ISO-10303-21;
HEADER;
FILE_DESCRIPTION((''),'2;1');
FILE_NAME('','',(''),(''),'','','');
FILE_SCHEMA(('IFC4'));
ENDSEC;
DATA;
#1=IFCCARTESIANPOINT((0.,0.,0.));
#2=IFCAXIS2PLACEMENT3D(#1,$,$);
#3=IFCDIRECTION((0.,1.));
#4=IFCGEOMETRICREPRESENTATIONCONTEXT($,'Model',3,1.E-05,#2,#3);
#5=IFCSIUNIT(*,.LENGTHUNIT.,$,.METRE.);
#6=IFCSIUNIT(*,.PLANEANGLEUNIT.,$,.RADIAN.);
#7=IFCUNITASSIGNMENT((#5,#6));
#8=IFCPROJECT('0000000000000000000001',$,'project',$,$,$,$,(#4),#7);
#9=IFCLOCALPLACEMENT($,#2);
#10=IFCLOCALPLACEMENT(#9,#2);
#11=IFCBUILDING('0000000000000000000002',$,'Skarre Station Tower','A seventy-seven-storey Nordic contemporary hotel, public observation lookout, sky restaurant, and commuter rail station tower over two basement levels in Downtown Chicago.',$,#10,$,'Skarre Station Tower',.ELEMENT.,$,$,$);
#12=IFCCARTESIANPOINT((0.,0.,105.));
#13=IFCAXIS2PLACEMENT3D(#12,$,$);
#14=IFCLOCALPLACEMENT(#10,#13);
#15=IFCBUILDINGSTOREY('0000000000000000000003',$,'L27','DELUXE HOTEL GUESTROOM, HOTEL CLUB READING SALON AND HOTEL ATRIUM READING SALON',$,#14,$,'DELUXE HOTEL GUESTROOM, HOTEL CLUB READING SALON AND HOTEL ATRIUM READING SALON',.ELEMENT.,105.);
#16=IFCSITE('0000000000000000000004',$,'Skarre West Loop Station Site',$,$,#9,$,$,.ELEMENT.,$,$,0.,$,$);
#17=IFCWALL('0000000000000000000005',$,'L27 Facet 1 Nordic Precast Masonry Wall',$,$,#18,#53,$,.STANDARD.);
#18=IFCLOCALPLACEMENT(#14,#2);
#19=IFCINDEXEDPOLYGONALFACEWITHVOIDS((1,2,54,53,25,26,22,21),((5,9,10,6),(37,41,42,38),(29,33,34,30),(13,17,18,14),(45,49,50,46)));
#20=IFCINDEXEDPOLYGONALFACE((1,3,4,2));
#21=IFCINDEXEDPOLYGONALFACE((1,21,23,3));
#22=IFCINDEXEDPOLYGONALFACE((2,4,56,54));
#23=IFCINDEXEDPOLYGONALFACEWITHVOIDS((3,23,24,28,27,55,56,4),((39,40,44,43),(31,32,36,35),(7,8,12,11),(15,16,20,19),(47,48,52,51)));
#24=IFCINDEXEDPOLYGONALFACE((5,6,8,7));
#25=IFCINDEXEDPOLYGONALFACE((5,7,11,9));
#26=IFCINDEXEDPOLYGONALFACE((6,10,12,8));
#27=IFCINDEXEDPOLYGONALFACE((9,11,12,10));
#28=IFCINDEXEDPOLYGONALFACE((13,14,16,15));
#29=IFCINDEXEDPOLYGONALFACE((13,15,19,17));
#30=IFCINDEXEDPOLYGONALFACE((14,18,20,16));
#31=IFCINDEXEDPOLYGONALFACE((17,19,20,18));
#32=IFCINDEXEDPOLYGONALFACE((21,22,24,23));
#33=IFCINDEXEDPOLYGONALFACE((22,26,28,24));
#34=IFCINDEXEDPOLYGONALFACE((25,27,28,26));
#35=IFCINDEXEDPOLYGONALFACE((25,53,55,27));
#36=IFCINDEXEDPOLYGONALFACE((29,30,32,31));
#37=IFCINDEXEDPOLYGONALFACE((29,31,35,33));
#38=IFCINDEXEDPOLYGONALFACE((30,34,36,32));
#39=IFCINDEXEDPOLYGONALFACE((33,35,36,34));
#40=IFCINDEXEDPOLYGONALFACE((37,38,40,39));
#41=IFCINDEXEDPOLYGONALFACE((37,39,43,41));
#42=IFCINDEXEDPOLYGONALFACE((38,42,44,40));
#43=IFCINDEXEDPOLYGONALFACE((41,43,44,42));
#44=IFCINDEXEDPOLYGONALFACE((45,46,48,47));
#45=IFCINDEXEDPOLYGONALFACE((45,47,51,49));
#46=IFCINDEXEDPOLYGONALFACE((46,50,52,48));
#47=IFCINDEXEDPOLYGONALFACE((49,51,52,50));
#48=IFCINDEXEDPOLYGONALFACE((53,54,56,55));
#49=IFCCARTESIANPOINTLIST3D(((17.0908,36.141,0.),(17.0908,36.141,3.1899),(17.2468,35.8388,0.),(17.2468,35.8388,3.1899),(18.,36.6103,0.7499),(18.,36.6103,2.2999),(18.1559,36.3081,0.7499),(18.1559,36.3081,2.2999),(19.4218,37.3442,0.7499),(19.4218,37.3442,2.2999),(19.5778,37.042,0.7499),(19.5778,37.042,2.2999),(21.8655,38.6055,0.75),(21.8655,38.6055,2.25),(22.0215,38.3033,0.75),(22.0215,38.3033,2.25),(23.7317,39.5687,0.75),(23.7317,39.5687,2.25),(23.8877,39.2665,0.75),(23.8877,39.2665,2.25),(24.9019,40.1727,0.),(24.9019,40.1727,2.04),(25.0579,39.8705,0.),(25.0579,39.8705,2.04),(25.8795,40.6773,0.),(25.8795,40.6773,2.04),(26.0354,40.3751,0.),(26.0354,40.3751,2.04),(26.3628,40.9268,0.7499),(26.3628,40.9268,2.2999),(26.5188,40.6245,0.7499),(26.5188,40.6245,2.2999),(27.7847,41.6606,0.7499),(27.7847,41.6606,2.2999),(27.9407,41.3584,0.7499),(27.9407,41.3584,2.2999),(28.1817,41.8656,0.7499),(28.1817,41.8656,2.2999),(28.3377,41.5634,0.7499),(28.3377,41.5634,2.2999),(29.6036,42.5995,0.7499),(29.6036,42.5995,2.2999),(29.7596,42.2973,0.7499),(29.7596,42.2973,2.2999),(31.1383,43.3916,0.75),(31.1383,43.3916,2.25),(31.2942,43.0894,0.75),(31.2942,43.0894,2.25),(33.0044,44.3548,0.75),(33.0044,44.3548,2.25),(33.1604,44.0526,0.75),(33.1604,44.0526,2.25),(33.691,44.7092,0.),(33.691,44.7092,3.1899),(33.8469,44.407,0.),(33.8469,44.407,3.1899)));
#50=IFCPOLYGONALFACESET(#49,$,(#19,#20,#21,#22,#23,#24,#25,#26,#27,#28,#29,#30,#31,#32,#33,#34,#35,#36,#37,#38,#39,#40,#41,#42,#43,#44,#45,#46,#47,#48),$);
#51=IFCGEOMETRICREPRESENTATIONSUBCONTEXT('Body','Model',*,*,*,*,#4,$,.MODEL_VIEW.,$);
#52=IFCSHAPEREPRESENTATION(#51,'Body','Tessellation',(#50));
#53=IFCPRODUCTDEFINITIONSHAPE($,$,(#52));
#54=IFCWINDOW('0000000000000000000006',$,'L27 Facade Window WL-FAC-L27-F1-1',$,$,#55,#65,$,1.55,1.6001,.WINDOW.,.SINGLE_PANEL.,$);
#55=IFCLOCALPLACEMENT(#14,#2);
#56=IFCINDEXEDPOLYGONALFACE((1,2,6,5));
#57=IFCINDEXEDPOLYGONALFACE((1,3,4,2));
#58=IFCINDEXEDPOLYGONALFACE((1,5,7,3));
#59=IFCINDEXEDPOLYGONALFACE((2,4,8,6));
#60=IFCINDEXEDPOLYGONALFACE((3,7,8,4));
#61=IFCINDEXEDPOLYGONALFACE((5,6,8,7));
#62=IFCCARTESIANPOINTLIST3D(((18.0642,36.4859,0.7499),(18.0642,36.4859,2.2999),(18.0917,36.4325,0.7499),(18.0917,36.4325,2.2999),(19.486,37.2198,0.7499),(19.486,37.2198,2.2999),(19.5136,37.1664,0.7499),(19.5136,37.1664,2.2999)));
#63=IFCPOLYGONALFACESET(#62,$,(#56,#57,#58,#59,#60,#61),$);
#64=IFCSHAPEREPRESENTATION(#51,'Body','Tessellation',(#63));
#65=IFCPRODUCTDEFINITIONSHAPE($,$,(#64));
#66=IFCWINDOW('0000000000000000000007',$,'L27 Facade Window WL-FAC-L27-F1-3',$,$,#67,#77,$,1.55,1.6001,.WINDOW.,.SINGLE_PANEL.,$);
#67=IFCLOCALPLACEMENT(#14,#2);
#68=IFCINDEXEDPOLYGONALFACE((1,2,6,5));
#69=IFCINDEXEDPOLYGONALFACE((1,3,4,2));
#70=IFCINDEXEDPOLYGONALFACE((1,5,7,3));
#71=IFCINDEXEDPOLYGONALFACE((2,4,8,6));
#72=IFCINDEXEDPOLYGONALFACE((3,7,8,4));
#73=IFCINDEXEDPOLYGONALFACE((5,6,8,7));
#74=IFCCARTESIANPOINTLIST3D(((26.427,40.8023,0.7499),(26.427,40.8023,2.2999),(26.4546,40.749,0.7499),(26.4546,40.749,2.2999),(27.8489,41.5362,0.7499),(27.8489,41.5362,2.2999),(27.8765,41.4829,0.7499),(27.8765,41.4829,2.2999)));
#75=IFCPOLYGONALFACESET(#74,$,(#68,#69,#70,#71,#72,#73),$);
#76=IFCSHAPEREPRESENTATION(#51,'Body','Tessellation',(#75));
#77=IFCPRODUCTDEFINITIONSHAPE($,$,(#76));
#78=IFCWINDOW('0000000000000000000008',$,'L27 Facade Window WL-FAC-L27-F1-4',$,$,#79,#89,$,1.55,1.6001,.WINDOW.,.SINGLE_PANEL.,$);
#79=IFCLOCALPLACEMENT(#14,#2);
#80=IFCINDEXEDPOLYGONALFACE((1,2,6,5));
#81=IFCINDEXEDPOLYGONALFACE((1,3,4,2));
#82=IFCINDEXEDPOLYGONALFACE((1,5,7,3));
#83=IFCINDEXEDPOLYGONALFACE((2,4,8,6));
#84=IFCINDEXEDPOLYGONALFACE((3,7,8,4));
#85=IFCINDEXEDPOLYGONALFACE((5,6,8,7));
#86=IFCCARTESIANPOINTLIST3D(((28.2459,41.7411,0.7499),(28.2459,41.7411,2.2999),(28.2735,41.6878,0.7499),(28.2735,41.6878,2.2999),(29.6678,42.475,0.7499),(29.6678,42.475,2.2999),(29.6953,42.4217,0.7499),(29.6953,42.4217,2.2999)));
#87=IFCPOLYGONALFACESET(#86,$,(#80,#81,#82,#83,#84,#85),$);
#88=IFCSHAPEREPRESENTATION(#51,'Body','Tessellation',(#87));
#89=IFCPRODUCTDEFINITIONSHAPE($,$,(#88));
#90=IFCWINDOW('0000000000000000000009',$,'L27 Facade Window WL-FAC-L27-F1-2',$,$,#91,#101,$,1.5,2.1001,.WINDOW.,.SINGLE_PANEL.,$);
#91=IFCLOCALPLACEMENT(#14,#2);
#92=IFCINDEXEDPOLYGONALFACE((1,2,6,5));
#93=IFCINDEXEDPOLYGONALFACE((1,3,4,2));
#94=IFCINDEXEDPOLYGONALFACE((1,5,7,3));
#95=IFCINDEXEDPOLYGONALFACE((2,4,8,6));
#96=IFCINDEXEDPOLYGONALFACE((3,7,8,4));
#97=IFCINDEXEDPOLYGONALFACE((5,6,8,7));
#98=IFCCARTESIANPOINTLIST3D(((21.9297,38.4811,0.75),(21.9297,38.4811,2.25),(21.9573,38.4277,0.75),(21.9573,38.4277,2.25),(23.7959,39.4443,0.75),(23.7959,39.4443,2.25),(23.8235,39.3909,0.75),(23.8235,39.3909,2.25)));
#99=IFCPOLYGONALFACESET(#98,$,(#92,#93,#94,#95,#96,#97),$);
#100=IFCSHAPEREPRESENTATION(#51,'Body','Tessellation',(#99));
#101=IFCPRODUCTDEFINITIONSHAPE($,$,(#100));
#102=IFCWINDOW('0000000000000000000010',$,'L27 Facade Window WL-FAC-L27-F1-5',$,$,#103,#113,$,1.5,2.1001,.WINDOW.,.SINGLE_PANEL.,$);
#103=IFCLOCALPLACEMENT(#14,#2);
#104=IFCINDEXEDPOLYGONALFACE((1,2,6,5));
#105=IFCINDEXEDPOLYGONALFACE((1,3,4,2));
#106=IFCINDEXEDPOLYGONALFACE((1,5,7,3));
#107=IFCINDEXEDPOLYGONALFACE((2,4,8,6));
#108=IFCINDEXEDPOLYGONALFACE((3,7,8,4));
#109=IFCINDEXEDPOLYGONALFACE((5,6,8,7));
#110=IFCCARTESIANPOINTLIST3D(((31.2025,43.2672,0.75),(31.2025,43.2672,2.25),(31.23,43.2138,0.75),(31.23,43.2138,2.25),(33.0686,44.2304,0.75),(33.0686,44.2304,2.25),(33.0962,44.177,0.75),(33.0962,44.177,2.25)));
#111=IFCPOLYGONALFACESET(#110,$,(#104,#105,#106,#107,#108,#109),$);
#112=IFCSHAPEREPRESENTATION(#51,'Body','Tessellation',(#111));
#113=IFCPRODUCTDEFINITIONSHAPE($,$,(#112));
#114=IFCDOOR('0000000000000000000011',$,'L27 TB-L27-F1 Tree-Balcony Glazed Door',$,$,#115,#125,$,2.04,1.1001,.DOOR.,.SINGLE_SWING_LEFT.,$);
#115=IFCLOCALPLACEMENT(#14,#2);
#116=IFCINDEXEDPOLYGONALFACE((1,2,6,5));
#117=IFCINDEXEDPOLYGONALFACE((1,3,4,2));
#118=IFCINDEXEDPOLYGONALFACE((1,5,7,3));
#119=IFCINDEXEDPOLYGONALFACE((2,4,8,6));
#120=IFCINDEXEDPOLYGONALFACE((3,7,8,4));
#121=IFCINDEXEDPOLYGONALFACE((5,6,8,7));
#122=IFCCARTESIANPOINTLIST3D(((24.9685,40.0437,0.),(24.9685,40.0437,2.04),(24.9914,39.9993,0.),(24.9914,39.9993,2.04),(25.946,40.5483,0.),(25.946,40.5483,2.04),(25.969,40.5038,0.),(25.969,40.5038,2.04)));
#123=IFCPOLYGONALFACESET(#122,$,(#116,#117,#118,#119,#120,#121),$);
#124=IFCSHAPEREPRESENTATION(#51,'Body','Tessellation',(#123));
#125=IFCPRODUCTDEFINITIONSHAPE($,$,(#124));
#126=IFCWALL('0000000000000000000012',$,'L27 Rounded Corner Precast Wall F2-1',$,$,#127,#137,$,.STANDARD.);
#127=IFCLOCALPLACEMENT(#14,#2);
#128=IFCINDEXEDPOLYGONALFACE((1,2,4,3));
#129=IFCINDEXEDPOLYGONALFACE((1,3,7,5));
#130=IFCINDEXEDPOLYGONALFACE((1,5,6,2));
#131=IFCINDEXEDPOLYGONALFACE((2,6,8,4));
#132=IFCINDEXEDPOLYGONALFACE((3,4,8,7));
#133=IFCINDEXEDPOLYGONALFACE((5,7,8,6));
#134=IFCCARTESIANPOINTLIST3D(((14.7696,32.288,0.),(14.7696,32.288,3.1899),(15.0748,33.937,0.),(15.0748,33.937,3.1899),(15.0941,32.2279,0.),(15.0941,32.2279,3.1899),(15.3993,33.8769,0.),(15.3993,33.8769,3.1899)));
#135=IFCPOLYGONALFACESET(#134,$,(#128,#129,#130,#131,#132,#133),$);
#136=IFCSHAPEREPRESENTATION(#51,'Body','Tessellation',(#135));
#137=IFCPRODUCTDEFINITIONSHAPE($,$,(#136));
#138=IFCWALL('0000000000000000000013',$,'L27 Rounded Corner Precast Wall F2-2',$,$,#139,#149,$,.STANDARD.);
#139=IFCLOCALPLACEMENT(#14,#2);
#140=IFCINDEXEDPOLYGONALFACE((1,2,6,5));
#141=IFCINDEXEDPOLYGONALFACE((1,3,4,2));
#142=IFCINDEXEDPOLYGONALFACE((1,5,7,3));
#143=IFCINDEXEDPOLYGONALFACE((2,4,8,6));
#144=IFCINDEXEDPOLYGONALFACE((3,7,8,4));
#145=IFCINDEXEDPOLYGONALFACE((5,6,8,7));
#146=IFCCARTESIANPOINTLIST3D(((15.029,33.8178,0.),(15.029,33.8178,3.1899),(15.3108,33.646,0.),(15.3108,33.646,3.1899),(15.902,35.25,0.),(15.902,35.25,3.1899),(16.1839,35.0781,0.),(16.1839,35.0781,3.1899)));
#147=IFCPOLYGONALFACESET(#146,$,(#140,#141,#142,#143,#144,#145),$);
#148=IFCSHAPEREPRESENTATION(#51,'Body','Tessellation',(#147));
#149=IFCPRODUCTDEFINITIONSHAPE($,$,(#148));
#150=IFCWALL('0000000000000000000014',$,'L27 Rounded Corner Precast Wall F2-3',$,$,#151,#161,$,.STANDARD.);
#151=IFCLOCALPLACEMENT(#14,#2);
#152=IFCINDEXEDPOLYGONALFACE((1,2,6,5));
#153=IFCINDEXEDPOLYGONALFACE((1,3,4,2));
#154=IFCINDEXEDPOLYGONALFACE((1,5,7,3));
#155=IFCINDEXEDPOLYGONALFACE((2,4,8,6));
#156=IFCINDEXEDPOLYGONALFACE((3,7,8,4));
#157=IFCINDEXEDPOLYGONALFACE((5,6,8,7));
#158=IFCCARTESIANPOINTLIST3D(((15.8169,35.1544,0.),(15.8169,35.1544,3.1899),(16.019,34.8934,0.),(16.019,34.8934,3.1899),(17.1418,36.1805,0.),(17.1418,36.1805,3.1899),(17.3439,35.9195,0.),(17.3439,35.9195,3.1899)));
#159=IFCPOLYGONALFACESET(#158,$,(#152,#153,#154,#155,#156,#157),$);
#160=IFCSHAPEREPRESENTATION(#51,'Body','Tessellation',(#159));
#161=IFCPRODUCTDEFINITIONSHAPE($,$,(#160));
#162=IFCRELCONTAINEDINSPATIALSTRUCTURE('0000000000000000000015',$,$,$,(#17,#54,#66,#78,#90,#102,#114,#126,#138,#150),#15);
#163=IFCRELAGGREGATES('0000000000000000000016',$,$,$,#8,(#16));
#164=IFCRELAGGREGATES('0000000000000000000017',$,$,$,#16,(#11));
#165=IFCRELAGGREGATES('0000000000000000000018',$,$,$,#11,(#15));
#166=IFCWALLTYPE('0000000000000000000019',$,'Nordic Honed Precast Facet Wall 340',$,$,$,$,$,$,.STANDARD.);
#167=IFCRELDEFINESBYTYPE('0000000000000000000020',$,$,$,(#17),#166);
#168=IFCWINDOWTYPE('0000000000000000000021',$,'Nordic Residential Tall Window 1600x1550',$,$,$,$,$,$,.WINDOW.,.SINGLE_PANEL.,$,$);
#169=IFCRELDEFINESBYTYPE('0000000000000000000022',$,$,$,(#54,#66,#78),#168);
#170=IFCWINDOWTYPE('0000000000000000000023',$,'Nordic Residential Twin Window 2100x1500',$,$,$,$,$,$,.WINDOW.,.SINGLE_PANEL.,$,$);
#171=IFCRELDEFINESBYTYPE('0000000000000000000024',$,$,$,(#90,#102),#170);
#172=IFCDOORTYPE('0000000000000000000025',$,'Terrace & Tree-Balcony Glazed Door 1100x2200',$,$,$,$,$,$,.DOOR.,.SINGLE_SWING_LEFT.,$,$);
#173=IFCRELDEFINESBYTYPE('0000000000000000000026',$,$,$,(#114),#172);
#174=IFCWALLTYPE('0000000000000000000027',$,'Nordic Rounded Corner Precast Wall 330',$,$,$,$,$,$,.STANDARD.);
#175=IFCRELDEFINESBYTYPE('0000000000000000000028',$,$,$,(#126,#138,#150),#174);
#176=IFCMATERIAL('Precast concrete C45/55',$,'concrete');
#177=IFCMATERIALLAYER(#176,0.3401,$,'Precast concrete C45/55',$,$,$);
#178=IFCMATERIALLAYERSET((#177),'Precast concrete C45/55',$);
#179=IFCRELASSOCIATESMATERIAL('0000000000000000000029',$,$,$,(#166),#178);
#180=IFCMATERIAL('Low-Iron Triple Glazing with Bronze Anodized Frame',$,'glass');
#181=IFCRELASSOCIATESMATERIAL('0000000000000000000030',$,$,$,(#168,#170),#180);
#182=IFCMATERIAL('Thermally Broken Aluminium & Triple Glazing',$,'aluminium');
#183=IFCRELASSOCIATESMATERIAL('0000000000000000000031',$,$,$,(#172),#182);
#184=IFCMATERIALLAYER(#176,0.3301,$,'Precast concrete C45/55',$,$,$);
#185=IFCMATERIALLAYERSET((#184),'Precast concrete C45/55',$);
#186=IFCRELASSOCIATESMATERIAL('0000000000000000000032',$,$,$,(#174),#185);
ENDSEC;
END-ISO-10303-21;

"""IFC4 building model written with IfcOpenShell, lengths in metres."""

from ifc_helpers import new_model, si_unit, direction, frame, frame_2d, origin, place, context, subcontext, project, spatial, rectangle, extrude, material, layer, layer_set, type_object, element, fill, save


model = new_model("IFC4")

# Units and contexts
model_context = context("Model", 3, precision=1e-05, world=origin(), true_north=direction((0.0, 1.0)))
body_context = subcontext(model_context, "Body", "Model", "MODEL_VIEW")
ifc_project = project(units=[si_unit("LENGTHUNIT", "METRE"), si_unit("PLANEANGLEUNIT", "RADIAN")], contexts=[model_context])

# Site, building, storey
site_placement = place(None, origin())
site = spatial("IfcSite", under=ifc_project, at=site_placement, Name="Skarre West Loop Station Site", CompositionType="ELEMENT", RefElevation=0.0)
building_placement = place(site_placement, origin())
building = spatial("IfcBuilding", under=site, at=building_placement, Name="Skarre Station Tower", Description="A seventy-seven-storey Nordic contemporary hotel, public observation lookout, sky restaurant, and commuter rail station tower over two basement levels in Downtown Chicago.", LongName="Skarre Station Tower", CompositionType="ELEMENT")
storey_placement = place(building_placement, frame((0.0, 0.0, 105.0)))
storey = spatial("IfcBuildingStorey", under=building, at=storey_placement, Name="L27", Description="DELUXE HOTEL GUESTROOM, HOTEL CLUB READING SALON AND HOTEL ATRIUM READING SALON", LongName="DELUXE HOTEL GUESTROOM, HOTEL CLUB READING SALON AND HOTEL ATRIUM READING SALON", CompositionType="ELEMENT", Elevation=105.0)

# Wall, openings, windows, door
ifc_material_1 = material(Name="Precast concrete C45/55", Category="concrete")
ifc_layer_1 = layer(ifc_material_1, 0.3401, Name="Precast concrete C45/55")
ifc_layer_set_1 = layer_set([ifc_layer_1], Name="Precast concrete C45/55")
wall_type_1 = type_object("IfcWallType", Name="Nordic Honed Precast Facet Wall 340", PredefinedType="STANDARD", material=ifc_layer_set_1)
wall_1_placement = place(storey_placement, frame((17.1689, 35.99, 0.0), z_axis=(0.0, 0.0, 1.0), x_axis=(0.888614, 0.458657, 0.0)))
wall_1 = element("IfcWall", 1, at=wall_1_placement, inside=storey, type_object=wall_type_1, Name="L27 Facet 1 Nordic Precast Masonry Wall", PredefinedType="STANDARD", context=body_context, shape_type="SweptSolid", body=[
    extrude(rectangle(XDim=18.6809, YDim=0.3401, at=frame_2d((9.3403, 0.0))), origin(), (0.0, 0.0, 1.0), 3.1899),
])
opening_1_placement = place(wall_1_placement, frame((8.79, 0.0, 0.0)))
opening_1 = element("IfcOpeningElement", 2, at=opening_1_placement, cuts=wall_1, PredefinedType="OPENING", context=body_context, shape_type="SweptSolid", body=[
    extrude(rectangle(XDim=1.1001, YDim=2.04, at=frame_2d((0.55, 1.02))), frame((0.0, 0.1799, 0.0), z_axis=(0.0, -1.0, 0.0), x_axis=(1.0, 0.0, 0.0)), (0.0, 0.0, 1.0), 0.3601),
])
opening_2_placement = place(wall_1_placement, frame((1.0229, 0.0, 0.75)))
opening_2 = element("IfcOpeningElement", 3, at=opening_2_placement, cuts=wall_1, PredefinedType="OPENING", context=body_context, shape_type="SweptSolid", body=[
    extrude(rectangle(XDim=1.6001, YDim=1.55, at=frame_2d((0.8, 0.7749))), frame((0.0, 0.1799, 0.0), z_axis=(0.0, -1.0, 0.0), x_axis=(1.0, 0.0, 0.0)), (0.0, 0.0, 1.0), 0.3601),
])
opening_3_placement = place(wall_1_placement, frame((5.373, 0.0, 0.75)))
opening_3 = element("IfcOpeningElement", 4, at=opening_3_placement, cuts=wall_1, PredefinedType="OPENING", context=body_context, shape_type="SweptSolid", body=[
    extrude(rectangle(XDim=2.1001, YDim=1.5, at=frame_2d((1.05, 0.75))), frame((0.0, 0.1799, 0.0), z_axis=(0.0, -1.0, 0.0), x_axis=(1.0, 0.0, 0.0)), (0.0, 0.0, 1.0), 0.3601),
])
opening_4_placement = place(wall_1_placement, frame((10.4341, 0.0, 0.75)))
opening_4 = element("IfcOpeningElement", 5, at=opening_4_placement, cuts=wall_1, PredefinedType="OPENING", context=body_context, shape_type="SweptSolid", body=[
    extrude(rectangle(XDim=1.6001, YDim=1.55, at=frame_2d((0.8, 0.7749))), frame((0.0, 0.1799, 0.0), z_axis=(0.0, -1.0, 0.0), x_axis=(1.0, 0.0, 0.0)), (0.0, 0.0, 1.0), 0.3601),
])
opening_5_placement = place(wall_1_placement, frame((12.481, 0.0, 0.75)))
opening_5 = element("IfcOpeningElement", 6, at=opening_5_placement, cuts=wall_1, PredefinedType="OPENING", context=body_context, shape_type="SweptSolid", body=[
    extrude(rectangle(XDim=1.6001, YDim=1.55, at=frame_2d((0.8, 0.7749))), frame((0.0, 0.1799, 0.0), z_axis=(0.0, -1.0, 0.0), x_axis=(1.0, 0.0, 0.0)), (0.0, 0.0, 1.0), 0.3601),
])
opening_6_placement = place(wall_1_placement, frame((15.8081, 0.0, 0.75)))
opening_6 = element("IfcOpeningElement", 7, at=opening_6_placement, cuts=wall_1, PredefinedType="OPENING", context=body_context, shape_type="SweptSolid", body=[
    extrude(rectangle(XDim=2.1001, YDim=1.5, at=frame_2d((1.05, 0.75))), frame((0.0, 0.1799, 0.0), z_axis=(0.0, -1.0, 0.0), x_axis=(1.0, 0.0, 0.0)), (0.0, 0.0, 1.0), 0.3601),
])
ifc_material_2 = material(Name="Low-Iron Triple Glazing with Bronze Anodized Frame", Category="glass")
window_type_1 = type_object("IfcWindowType", Name="Nordic Residential Tall Window 1600x1550", PartitioningType="SINGLE_PANEL", PredefinedType="WINDOW", material=ifc_material_2)
window_1_placement = place(opening_2_placement, origin())
window_1 = element("IfcWindow", 8, at=window_1_placement, inside=storey, type_object=window_type_1, Name="L27 Facade Window WL-FAC-L27-F1-1", OverallHeight=1.55, OverallWidth=1.6001, PartitioningType="SINGLE_PANEL", PredefinedType="WINDOW", context=body_context, shape_type="SweptSolid", body=[
    extrude(rectangle(XDim=1.6001, YDim=1.55, at=frame_2d((0.8, 0.7749))), frame((0.0, 0.03, 0.0), z_axis=(0.0, -1.0, 0.0), x_axis=(1.0, 0.0, 0.0)), (0.0, 0.0, 1.0), 0.0601),
])
fill(opening_2, window_1)
window_2_placement = place(opening_4_placement, origin())
window_2 = element("IfcWindow", 9, at=window_2_placement, inside=storey, type_object=window_type_1, Name="L27 Facade Window WL-FAC-L27-F1-3", OverallHeight=1.55, OverallWidth=1.6001, PartitioningType="SINGLE_PANEL", PredefinedType="WINDOW", context=body_context, shape_type="SweptSolid", body=[
    extrude(rectangle(XDim=1.6001, YDim=1.55, at=frame_2d((0.8, 0.7749))), frame((0.0, 0.03, 0.0), z_axis=(0.0, -1.0, 0.0), x_axis=(1.0, 0.0, 0.0)), (0.0, 0.0, 1.0), 0.0601),
])
fill(opening_4, window_2)
window_3_placement = place(opening_5_placement, origin())
window_3 = element("IfcWindow", 10, at=window_3_placement, inside=storey, type_object=window_type_1, Name="L27 Facade Window WL-FAC-L27-F1-4", OverallHeight=1.55, OverallWidth=1.6001, PartitioningType="SINGLE_PANEL", PredefinedType="WINDOW", context=body_context, shape_type="SweptSolid", body=[
    extrude(rectangle(XDim=1.6001, YDim=1.55, at=frame_2d((0.8, 0.7749))), frame((0.0, 0.03, 0.0), z_axis=(0.0, -1.0, 0.0), x_axis=(1.0, 0.0, 0.0)), (0.0, 0.0, 1.0), 0.0601),
])
fill(opening_5, window_3)
window_type_2 = type_object("IfcWindowType", Name="Nordic Residential Twin Window 2100x1500", PartitioningType="SINGLE_PANEL", PredefinedType="WINDOW", material=ifc_material_2)
window_4_placement = place(opening_3_placement, origin())
window_4 = element("IfcWindow", 11, at=window_4_placement, inside=storey, type_object=window_type_2, Name="L27 Facade Window WL-FAC-L27-F1-2", OverallHeight=1.5, OverallWidth=2.1001, PartitioningType="SINGLE_PANEL", PredefinedType="WINDOW", context=body_context, shape_type="SweptSolid", body=[
    extrude(rectangle(XDim=2.1001, YDim=1.5, at=frame_2d((1.05, 0.75))), frame((0.0, 0.03, 0.0), z_axis=(0.0, -1.0, 0.0), x_axis=(1.0, 0.0, 0.0)), (0.0, 0.0, 1.0), 0.0601),
])
fill(opening_3, window_4)
window_5_placement = place(opening_6_placement, origin())
window_5 = element("IfcWindow", 12, at=window_5_placement, inside=storey, type_object=window_type_2, Name="L27 Facade Window WL-FAC-L27-F1-5", OverallHeight=1.5, OverallWidth=2.1001, PartitioningType="SINGLE_PANEL", PredefinedType="WINDOW", context=body_context, shape_type="SweptSolid", body=[
    extrude(rectangle(XDim=2.1001, YDim=1.5, at=frame_2d((1.05, 0.75))), frame((0.0, 0.03, 0.0), z_axis=(0.0, -1.0, 0.0), x_axis=(1.0, 0.0, 0.0)), (0.0, 0.0, 1.0), 0.0601),
])
fill(opening_6, window_5)
ifc_material_3 = material(Name="Thermally Broken Aluminium & Triple Glazing", Category="aluminium")
door_type = type_object("IfcDoorType", Name="Terrace & Tree-Balcony Glazed Door 1100x2200", OperationType="SINGLE_SWING_LEFT", PredefinedType="DOOR", material=ifc_material_3)
door_placement = place(opening_1_placement, origin())
door = element("IfcDoor", 13, at=door_placement, inside=storey, type_object=door_type, Name="L27 TB-L27-F1 Tree-Balcony Glazed Door", OperationType="SINGLE_SWING_LEFT", OverallHeight=2.04, OverallWidth=1.1001, PredefinedType="DOOR", context=body_context, shape_type="SweptSolid", body=[
    extrude(rectangle(XDim=1.1001, YDim=2.04, at=frame_2d((0.55, 1.02))), frame((0.0, 0.0249, 0.0), z_axis=(0.0, -1.0, 0.0), x_axis=(1.0, 0.0, 0.0)), (0.0, 0.0, 1.0), 0.05),
])
fill(opening_1, door)

# Walls
ifc_layer_2 = layer(ifc_material_1, 0.3301, Name="Precast concrete C45/55")
ifc_layer_set_2 = layer_set([ifc_layer_2], Name="Precast concrete C45/55")
wall_type_2 = type_object("IfcWallType", Name="Nordic Rounded Corner Precast Wall 330", PredefinedType="STANDARD", material=ifc_layer_set_2)
wall_2_placement = place(storey_placement, frame((14.9319, 32.2581, 0.0), z_axis=(0.0, 0.0, 1.0), x_axis=(0.181985, 0.983301, 0.0)))
element("IfcWall", 14, at=wall_2_placement, inside=storey, type_object=wall_type_2, Name="L27 Rounded Corner Precast Wall F2-1", PredefinedType="STANDARD", context=body_context, shape_type="SweptSolid", body=[
    extrude(rectangle(XDim=1.677, YDim=0.3301, at=frame_2d((0.8384, 0.0))), origin(), (0.0, 0.0, 1.0), 3.1899),
])
wall_3_placement = place(storey_placement, frame((15.1699, 33.7319, 0.0), z_axis=(0.0, 0.0, 1.0), x_axis=(0.520519, 0.85385, 0.0)))
element("IfcWall", 15, at=wall_3_placement, inside=storey, type_object=wall_type_2, Name="L27 Rounded Corner Precast Wall F2-2", PredefinedType="STANDARD", context=body_context, shape_type="SweptSolid", body=[
    extrude(rectangle(XDim=1.6772, YDim=0.3301, at=frame_2d((0.8386, 0.0))), origin(), (0.0, 0.0, 1.0), 3.1899),
])
wall_4_placement = place(storey_placement, frame((15.918, 35.0239, 0.0), z_axis=(0.0, 0.0, 1.0), x_axis=(0.790621, 0.612305, 0.0)))
element("IfcWall", 16, at=wall_4_placement, inside=storey, type_object=wall_type_2, Name="L27 Rounded Corner Precast Wall F2-3", PredefinedType="STANDARD", context=body_context, shape_type="SweptSolid", body=[
    extrude(rectangle(XDim=1.6758, YDim=0.3301, at=frame_2d((0.8379, 0.0))), origin(), (0.0, 0.0, 1.0), 3.1899),
])

save(model, "model.ifc")
